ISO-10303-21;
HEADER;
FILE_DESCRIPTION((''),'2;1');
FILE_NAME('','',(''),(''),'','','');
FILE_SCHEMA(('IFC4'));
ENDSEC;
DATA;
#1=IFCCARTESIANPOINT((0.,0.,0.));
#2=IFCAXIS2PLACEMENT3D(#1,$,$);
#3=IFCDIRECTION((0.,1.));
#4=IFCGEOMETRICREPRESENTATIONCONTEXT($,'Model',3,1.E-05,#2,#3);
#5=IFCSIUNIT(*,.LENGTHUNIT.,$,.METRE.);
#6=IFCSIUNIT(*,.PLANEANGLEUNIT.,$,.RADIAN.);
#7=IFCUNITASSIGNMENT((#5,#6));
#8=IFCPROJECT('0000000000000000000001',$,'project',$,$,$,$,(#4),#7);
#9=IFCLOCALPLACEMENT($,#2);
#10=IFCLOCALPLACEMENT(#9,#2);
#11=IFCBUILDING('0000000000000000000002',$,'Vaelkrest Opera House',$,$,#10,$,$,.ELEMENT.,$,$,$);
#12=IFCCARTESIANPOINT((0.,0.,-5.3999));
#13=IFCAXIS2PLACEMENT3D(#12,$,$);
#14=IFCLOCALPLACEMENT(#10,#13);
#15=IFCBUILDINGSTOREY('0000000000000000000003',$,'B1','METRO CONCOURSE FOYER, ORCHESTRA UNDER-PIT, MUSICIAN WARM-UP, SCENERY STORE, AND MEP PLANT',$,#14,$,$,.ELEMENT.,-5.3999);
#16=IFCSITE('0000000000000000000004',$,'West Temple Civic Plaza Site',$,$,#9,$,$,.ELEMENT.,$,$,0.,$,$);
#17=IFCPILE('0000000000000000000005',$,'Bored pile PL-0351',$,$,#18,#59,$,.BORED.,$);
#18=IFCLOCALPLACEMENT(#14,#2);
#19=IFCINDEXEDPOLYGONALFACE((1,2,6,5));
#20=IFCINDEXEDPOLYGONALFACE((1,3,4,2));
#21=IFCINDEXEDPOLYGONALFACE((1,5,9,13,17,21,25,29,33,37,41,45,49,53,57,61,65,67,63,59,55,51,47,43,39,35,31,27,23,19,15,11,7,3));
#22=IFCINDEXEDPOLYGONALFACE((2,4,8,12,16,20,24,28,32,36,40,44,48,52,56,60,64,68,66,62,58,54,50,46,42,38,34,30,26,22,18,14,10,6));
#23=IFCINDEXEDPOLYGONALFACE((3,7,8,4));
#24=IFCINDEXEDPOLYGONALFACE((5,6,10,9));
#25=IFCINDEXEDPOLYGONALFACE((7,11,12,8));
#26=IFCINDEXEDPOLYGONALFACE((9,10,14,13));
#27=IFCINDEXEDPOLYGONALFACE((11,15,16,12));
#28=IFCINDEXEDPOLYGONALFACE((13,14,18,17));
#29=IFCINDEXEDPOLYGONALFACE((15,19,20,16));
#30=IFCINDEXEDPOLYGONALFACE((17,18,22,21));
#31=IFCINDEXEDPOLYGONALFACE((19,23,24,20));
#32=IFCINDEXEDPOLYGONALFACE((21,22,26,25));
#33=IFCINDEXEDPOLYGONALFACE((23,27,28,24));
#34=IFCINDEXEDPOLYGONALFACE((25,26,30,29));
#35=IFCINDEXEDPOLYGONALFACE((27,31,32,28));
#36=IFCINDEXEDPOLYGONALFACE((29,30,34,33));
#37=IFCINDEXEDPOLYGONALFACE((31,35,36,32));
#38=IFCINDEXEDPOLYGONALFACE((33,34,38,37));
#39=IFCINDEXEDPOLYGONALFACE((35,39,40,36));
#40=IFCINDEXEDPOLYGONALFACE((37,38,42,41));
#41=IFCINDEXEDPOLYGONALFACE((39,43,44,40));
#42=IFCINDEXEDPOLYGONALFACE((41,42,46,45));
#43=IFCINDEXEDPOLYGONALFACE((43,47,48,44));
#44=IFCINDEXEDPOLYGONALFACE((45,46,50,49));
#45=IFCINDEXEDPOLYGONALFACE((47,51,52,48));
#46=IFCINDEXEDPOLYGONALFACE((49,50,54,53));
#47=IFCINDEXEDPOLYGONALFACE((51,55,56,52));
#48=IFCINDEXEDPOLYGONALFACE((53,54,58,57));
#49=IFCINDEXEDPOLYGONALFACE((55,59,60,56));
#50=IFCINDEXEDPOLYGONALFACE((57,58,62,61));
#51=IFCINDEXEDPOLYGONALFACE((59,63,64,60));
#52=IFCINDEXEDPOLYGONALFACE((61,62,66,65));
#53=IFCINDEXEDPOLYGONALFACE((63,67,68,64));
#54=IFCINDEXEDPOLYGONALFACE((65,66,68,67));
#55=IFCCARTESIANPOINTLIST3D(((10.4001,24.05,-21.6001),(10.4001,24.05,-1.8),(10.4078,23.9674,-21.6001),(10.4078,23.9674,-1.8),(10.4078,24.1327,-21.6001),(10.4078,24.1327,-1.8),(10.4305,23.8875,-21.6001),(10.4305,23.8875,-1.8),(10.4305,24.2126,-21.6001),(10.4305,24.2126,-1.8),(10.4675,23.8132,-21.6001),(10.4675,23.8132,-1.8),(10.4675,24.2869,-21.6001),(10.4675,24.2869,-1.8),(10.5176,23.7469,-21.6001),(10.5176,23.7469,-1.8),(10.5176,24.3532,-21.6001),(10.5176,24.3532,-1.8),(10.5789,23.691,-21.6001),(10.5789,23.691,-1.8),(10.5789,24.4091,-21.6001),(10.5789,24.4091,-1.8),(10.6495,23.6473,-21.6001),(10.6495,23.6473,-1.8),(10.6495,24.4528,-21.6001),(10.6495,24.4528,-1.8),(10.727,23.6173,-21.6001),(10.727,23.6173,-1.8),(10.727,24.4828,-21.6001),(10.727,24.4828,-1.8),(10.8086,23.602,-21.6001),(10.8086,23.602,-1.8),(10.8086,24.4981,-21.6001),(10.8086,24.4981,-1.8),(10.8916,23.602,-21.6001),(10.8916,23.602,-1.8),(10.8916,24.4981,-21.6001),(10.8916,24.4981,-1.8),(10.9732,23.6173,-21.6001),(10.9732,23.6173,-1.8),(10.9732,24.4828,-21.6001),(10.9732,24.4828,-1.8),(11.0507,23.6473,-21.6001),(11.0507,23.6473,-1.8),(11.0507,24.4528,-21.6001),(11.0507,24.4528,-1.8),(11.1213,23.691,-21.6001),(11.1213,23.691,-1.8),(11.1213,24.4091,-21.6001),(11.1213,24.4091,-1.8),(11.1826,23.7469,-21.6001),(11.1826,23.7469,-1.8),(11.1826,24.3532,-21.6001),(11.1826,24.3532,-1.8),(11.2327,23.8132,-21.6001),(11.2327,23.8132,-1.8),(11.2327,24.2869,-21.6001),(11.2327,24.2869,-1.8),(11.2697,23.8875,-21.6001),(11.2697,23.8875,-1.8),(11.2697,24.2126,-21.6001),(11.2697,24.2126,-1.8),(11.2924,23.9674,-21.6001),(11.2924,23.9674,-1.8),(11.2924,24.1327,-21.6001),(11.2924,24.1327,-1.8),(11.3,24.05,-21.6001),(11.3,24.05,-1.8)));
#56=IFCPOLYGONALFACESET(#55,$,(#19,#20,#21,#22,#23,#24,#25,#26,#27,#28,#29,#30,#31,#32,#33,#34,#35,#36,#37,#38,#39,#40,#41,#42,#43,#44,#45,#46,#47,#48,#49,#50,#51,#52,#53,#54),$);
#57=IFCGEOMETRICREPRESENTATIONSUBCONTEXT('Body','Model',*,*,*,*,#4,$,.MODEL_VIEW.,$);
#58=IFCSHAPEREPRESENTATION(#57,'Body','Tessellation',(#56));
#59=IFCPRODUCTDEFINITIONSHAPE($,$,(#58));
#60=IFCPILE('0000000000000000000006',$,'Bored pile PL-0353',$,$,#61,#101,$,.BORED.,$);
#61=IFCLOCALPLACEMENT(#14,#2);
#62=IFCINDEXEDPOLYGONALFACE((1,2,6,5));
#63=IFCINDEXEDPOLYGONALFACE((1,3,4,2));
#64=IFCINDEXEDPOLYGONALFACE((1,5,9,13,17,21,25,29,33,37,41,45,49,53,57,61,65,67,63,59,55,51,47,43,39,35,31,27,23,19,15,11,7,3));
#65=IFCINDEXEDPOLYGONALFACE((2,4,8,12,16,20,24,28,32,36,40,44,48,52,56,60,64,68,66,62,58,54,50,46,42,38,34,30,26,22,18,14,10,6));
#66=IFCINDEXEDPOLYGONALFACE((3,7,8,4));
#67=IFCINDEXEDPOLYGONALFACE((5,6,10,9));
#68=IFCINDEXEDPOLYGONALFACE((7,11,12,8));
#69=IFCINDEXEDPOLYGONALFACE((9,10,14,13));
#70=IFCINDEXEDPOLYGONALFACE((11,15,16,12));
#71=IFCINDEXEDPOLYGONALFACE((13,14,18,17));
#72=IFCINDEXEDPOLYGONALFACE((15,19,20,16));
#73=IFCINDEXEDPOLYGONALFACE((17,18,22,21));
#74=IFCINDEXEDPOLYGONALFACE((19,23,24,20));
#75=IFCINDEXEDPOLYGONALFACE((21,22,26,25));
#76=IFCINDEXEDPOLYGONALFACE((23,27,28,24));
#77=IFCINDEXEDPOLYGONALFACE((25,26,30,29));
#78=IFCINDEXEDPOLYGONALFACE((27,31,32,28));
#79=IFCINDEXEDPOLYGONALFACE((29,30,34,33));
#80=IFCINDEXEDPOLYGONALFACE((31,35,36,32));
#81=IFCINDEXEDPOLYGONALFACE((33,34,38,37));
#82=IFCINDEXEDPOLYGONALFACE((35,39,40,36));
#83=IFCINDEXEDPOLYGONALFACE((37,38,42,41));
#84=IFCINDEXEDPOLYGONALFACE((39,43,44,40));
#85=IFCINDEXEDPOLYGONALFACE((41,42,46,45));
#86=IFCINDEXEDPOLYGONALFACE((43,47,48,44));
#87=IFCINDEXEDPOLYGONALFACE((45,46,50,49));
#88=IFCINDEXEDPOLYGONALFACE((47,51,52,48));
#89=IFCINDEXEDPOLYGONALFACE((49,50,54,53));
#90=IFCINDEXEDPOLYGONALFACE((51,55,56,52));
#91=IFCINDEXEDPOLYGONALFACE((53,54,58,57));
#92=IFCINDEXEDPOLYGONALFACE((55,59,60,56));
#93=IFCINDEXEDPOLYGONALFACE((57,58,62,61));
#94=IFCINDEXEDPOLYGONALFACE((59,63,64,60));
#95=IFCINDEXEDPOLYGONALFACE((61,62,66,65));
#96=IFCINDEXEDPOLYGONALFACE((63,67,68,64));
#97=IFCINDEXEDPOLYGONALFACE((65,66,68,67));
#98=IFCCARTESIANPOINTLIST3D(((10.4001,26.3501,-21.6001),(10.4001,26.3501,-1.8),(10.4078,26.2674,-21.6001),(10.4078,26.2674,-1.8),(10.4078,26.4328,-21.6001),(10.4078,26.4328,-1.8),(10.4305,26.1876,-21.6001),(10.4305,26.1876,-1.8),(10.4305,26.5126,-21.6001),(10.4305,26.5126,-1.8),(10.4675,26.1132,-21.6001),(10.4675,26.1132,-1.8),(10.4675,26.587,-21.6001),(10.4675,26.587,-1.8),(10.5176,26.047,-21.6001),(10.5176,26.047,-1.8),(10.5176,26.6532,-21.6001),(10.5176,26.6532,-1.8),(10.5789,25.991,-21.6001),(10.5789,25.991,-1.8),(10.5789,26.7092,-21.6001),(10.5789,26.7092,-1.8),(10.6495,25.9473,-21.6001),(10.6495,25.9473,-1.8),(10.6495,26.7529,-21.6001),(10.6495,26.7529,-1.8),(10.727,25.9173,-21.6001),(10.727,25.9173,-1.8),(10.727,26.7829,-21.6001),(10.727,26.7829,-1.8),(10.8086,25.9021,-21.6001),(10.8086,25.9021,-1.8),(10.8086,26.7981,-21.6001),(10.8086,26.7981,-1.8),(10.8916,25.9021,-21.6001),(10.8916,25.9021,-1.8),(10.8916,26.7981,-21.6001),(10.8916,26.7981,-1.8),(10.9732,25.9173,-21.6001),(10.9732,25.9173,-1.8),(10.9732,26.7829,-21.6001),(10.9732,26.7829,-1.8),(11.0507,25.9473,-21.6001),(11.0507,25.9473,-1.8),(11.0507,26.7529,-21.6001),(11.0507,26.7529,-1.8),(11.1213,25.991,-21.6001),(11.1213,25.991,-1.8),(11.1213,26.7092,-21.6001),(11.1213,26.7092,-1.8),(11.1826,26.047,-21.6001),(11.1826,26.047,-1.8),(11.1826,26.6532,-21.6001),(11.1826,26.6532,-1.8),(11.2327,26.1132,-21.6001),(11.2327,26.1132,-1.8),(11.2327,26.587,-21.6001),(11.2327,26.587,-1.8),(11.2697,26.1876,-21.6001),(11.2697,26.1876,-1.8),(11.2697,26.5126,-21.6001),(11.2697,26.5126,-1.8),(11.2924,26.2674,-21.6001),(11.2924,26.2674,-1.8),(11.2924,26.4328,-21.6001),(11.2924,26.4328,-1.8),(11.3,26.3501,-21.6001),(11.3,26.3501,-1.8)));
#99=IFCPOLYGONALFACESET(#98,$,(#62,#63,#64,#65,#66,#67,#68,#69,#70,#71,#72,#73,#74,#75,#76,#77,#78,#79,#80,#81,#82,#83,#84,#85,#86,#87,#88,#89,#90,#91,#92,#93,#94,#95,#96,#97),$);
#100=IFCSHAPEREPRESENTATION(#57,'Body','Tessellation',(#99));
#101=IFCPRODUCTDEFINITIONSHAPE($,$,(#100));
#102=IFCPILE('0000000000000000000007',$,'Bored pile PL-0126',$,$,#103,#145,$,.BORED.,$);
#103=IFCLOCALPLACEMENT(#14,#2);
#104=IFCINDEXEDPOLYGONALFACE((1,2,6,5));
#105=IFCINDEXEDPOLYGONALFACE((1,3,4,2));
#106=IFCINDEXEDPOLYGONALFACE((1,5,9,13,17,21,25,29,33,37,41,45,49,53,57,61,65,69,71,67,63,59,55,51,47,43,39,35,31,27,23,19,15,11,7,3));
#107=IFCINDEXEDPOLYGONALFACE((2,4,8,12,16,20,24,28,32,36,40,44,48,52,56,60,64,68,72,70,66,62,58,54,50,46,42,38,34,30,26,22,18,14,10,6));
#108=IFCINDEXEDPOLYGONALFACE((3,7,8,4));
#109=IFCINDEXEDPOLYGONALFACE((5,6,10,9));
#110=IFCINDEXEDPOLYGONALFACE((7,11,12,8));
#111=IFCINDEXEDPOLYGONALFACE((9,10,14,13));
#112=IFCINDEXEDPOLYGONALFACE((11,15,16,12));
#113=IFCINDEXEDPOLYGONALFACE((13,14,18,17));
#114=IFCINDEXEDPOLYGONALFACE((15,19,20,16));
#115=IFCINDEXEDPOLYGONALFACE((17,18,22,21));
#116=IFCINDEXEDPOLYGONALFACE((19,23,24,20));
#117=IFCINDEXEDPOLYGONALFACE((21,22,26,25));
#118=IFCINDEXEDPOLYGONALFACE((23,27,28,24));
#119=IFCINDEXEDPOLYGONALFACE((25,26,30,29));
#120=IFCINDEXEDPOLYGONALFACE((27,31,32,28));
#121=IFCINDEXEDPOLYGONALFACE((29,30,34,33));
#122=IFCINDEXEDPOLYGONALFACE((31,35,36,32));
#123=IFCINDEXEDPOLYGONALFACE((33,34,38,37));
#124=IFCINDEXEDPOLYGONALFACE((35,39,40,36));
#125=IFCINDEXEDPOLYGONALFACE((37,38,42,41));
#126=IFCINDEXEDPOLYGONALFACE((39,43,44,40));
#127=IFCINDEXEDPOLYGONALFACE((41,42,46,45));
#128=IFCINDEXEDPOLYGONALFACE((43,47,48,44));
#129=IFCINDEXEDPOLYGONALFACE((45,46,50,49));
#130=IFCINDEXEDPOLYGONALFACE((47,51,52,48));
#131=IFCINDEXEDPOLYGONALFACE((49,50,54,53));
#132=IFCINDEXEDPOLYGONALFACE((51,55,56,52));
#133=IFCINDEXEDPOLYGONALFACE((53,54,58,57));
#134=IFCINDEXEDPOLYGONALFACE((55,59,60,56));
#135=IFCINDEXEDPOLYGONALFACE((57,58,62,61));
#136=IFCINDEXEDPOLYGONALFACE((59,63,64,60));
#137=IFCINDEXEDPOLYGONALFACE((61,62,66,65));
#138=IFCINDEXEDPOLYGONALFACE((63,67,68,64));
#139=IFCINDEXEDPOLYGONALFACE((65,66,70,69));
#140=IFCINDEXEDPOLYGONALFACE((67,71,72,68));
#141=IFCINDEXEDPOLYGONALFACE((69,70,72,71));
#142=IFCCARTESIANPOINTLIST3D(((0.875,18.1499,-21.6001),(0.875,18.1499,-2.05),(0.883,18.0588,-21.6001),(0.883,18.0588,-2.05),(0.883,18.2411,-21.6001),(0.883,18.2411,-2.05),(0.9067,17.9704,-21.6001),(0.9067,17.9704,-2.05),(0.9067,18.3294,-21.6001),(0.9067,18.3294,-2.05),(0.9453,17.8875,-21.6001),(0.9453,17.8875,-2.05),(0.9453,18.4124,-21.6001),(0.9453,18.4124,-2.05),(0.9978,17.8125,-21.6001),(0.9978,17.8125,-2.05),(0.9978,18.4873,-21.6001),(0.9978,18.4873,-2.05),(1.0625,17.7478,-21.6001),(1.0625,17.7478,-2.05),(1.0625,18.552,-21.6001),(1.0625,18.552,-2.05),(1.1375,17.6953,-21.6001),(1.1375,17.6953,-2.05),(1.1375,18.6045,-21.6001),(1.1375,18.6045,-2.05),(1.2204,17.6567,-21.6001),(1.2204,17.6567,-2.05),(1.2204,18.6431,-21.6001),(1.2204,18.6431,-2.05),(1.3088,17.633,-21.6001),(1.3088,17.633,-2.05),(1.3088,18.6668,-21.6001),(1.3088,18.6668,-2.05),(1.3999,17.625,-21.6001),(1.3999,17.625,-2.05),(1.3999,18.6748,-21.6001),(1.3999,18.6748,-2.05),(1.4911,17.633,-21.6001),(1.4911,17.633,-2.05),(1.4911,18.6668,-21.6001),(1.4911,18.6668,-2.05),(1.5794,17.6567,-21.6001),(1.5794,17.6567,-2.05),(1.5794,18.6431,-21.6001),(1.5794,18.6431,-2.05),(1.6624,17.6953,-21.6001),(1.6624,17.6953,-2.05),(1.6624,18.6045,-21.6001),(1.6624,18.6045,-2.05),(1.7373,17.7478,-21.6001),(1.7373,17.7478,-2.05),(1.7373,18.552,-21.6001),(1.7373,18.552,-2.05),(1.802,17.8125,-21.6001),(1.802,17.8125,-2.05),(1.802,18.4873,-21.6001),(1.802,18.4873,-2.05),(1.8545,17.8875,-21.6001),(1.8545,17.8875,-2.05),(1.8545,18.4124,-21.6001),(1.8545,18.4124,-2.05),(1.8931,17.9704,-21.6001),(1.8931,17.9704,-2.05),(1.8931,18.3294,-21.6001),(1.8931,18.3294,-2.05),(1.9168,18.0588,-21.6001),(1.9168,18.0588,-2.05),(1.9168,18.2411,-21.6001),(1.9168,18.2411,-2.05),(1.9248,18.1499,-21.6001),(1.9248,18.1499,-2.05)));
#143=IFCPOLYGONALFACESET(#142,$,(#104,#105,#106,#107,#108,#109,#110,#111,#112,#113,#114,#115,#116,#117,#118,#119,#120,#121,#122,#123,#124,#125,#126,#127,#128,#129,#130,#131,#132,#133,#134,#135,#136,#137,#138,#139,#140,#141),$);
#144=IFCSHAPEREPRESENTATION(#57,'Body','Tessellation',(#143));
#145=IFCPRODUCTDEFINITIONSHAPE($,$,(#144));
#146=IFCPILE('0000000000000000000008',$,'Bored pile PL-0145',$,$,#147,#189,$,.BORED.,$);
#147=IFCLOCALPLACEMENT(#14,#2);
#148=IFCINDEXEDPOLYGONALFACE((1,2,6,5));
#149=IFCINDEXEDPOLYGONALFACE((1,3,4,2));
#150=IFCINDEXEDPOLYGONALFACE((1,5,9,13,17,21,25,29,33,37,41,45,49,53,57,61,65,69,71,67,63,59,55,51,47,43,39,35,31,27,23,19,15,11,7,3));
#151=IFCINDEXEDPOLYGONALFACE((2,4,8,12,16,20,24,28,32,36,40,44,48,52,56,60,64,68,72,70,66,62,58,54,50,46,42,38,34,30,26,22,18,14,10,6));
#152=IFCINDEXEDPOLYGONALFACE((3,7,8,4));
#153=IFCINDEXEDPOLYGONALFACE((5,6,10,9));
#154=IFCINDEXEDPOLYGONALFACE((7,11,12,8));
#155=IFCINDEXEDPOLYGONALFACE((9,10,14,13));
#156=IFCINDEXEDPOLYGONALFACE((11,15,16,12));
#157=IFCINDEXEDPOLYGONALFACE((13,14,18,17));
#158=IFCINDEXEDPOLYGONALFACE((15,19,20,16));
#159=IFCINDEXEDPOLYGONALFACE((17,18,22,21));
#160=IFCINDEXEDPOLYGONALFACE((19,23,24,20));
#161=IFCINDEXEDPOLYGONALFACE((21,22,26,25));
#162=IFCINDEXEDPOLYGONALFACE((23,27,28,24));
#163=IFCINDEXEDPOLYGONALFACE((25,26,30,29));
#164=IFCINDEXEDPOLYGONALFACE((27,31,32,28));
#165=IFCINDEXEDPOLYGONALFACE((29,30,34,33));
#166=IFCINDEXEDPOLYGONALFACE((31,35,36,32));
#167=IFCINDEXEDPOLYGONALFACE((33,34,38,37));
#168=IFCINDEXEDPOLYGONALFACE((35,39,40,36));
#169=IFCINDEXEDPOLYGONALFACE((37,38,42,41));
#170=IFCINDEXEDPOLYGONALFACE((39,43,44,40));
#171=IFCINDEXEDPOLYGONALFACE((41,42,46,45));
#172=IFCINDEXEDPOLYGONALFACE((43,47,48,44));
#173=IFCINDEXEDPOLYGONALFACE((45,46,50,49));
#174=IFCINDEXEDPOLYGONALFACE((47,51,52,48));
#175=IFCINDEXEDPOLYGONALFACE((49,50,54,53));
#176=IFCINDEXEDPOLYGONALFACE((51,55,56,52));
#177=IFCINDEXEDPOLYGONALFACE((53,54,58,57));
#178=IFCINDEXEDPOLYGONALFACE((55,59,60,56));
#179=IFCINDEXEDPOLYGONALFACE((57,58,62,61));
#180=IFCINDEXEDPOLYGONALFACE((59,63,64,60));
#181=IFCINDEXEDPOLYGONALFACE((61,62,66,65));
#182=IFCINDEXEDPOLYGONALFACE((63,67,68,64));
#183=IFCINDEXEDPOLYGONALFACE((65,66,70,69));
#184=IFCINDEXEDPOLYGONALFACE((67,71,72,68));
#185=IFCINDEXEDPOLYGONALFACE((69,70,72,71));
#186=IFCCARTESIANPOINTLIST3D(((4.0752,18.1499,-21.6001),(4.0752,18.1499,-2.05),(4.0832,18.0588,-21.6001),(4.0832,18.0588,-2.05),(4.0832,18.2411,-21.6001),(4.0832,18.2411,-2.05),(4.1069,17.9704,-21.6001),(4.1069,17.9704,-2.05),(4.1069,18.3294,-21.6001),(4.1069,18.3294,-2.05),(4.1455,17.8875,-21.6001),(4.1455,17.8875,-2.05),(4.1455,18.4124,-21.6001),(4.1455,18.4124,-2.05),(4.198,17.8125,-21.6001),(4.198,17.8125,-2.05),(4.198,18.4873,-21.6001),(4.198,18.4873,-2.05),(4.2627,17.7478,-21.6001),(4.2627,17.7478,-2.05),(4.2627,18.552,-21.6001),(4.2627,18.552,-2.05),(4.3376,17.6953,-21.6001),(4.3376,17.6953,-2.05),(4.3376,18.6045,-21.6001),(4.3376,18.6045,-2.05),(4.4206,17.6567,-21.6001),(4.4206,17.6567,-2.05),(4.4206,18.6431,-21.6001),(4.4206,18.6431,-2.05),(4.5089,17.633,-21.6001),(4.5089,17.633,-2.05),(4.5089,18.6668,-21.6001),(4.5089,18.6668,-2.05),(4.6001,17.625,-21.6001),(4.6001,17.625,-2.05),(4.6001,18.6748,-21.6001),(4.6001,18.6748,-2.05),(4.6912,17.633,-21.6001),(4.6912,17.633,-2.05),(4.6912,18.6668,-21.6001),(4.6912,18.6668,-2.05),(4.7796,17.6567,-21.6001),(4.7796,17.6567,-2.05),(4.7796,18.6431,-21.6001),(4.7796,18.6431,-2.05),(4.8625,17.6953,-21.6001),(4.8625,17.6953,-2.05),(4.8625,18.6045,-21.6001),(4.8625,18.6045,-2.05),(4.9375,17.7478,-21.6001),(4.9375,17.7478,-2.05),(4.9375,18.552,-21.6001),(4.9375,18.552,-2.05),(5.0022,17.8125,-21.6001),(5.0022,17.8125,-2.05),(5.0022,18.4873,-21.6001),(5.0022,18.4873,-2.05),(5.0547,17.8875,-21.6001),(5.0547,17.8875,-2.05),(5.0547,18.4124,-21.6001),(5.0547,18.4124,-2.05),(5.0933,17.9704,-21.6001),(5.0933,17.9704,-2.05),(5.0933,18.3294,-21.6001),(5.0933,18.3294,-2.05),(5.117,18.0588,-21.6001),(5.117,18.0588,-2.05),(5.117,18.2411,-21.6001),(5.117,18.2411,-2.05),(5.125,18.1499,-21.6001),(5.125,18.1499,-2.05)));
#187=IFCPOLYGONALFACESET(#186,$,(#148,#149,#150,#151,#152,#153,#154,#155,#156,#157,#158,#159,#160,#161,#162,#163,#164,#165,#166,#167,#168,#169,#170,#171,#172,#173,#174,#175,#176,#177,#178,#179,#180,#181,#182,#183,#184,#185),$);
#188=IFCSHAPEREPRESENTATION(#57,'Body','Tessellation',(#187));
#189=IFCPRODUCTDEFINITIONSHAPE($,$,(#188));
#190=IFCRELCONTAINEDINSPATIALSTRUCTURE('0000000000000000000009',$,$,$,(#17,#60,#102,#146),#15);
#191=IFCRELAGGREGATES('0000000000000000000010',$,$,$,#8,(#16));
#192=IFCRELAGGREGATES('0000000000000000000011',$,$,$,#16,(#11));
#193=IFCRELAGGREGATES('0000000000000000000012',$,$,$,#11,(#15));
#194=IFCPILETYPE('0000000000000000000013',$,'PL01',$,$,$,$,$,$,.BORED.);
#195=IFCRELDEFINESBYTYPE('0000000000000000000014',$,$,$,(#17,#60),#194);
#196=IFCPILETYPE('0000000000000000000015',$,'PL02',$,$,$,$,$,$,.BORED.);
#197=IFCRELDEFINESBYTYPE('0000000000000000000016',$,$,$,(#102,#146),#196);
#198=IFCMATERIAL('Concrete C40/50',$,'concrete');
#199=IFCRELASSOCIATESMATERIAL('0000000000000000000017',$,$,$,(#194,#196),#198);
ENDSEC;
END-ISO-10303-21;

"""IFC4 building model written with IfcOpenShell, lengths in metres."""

from ifc_helpers import new_model, si_unit, direction, frame, origin, origin_2d, place, context, subcontext, project, spatial, circle, extrude, material, material_profile, profile_set, type_object, element, save


model = new_model("IFC4")

# Units and contexts
model_context = context("Model", 3, precision=1e-05, world=origin(), true_north=direction((0.0, 1.0)))
body_context = subcontext(model_context, "Body", "Model", "MODEL_VIEW")
ifc_project = project(units=[si_unit("LENGTHUNIT", "METRE"), si_unit("PLANEANGLEUNIT", "RADIAN")], contexts=[model_context])

# Site, building, storey
site_placement = place(None, origin())
site = spatial("IfcSite", under=ifc_project, at=site_placement, Name="West Temple Civic Plaza Site", CompositionType="ELEMENT", RefElevation=0.0)
building_placement = place(site_placement, origin())
building = spatial("IfcBuilding", under=site, at=building_placement, Name="Vaelkrest Opera House", CompositionType="ELEMENT")
storey_placement = place(building_placement, frame((0.0, 0.0, -5.3999)))
storey = spatial("IfcBuildingStorey", under=building, at=storey_placement, Name="B1", Description="METRO CONCOURSE FOYER, ORCHESTRA UNDER-PIT, MUSICIAN WARM-UP, SCENERY STORE, AND MEP PLANT", CompositionType="ELEMENT", Elevation=-5.3999)

# Shared definitions
ifc_material_1 = material(Name="Concrete C40/50", Category="concrete")

# Piles
ifc_material_profile_1 = material_profile(ifc_material_1, circle(Radius=0.45, at=origin_2d()), Name="PILE900")
ifc_profile_set_1 = profile_set([ifc_material_profile_1], Name="Concrete C40/50")
pile_type_1 = type_object("IfcPileType", Name="PL01", PredefinedType="BORED", material=ifc_profile_set_1)
for number, where, z_axis, x_axis, name in (
    (1, (10.8501, 24.05, -1.8), (0.0, 0.0, -1.0), (1.0, 0.0, 0.0), "Bored pile PL-0351"),
    (2, (10.8501, 26.3501, -1.8), (0.0, 0.0, -1.0), (1.0, 0.0, 0.0), "Bored pile PL-0353"),
):
    element("IfcPile", number, at=place(storey_placement, frame(where, z_axis=z_axis, x_axis=x_axis)), inside=storey, type_object=pile_type_1, Name=name, PredefinedType="BORED", context=body_context, shape_type="SweptSolid", body=[
        extrude(circle(Radius=0.45, at=origin_2d()), origin(), (0.0, 0.0, 1.0), 19.8),
    ])
ifc_material_profile_2 = material_profile(ifc_material_1, circle(Radius=0.5249, at=origin_2d()), Name="PILE1050")
ifc_profile_set_2 = profile_set([ifc_material_profile_2], Name="Concrete C40/50")
pile_type_2 = type_object("IfcPileType", Name="PL02", PredefinedType="BORED", material=ifc_profile_set_2)
for number, where, z_axis, x_axis, name in (
    (3, (1.3999, 18.1499, -2.05), (0.0, 0.0, -1.0), (1.0, 0.0, 0.0), "Bored pile PL-0126"),
    (4, (4.6001, 18.1499, -2.05), (0.0, 0.0, -1.0), (1.0, 0.0, 0.0), "Bored pile PL-0145"),
):
    element("IfcPile", number, at=place(storey_placement, frame(where, z_axis=z_axis, x_axis=x_axis)), inside=storey, type_object=pile_type_2, Name=name, PredefinedType="BORED", context=body_context, shape_type="SweptSolid", body=[
        extrude(circle(Radius=0.5249, at=origin_2d()), origin(), (0.0, 0.0, 1.0), 19.55),
    ])

save(model, "model.ifc")
